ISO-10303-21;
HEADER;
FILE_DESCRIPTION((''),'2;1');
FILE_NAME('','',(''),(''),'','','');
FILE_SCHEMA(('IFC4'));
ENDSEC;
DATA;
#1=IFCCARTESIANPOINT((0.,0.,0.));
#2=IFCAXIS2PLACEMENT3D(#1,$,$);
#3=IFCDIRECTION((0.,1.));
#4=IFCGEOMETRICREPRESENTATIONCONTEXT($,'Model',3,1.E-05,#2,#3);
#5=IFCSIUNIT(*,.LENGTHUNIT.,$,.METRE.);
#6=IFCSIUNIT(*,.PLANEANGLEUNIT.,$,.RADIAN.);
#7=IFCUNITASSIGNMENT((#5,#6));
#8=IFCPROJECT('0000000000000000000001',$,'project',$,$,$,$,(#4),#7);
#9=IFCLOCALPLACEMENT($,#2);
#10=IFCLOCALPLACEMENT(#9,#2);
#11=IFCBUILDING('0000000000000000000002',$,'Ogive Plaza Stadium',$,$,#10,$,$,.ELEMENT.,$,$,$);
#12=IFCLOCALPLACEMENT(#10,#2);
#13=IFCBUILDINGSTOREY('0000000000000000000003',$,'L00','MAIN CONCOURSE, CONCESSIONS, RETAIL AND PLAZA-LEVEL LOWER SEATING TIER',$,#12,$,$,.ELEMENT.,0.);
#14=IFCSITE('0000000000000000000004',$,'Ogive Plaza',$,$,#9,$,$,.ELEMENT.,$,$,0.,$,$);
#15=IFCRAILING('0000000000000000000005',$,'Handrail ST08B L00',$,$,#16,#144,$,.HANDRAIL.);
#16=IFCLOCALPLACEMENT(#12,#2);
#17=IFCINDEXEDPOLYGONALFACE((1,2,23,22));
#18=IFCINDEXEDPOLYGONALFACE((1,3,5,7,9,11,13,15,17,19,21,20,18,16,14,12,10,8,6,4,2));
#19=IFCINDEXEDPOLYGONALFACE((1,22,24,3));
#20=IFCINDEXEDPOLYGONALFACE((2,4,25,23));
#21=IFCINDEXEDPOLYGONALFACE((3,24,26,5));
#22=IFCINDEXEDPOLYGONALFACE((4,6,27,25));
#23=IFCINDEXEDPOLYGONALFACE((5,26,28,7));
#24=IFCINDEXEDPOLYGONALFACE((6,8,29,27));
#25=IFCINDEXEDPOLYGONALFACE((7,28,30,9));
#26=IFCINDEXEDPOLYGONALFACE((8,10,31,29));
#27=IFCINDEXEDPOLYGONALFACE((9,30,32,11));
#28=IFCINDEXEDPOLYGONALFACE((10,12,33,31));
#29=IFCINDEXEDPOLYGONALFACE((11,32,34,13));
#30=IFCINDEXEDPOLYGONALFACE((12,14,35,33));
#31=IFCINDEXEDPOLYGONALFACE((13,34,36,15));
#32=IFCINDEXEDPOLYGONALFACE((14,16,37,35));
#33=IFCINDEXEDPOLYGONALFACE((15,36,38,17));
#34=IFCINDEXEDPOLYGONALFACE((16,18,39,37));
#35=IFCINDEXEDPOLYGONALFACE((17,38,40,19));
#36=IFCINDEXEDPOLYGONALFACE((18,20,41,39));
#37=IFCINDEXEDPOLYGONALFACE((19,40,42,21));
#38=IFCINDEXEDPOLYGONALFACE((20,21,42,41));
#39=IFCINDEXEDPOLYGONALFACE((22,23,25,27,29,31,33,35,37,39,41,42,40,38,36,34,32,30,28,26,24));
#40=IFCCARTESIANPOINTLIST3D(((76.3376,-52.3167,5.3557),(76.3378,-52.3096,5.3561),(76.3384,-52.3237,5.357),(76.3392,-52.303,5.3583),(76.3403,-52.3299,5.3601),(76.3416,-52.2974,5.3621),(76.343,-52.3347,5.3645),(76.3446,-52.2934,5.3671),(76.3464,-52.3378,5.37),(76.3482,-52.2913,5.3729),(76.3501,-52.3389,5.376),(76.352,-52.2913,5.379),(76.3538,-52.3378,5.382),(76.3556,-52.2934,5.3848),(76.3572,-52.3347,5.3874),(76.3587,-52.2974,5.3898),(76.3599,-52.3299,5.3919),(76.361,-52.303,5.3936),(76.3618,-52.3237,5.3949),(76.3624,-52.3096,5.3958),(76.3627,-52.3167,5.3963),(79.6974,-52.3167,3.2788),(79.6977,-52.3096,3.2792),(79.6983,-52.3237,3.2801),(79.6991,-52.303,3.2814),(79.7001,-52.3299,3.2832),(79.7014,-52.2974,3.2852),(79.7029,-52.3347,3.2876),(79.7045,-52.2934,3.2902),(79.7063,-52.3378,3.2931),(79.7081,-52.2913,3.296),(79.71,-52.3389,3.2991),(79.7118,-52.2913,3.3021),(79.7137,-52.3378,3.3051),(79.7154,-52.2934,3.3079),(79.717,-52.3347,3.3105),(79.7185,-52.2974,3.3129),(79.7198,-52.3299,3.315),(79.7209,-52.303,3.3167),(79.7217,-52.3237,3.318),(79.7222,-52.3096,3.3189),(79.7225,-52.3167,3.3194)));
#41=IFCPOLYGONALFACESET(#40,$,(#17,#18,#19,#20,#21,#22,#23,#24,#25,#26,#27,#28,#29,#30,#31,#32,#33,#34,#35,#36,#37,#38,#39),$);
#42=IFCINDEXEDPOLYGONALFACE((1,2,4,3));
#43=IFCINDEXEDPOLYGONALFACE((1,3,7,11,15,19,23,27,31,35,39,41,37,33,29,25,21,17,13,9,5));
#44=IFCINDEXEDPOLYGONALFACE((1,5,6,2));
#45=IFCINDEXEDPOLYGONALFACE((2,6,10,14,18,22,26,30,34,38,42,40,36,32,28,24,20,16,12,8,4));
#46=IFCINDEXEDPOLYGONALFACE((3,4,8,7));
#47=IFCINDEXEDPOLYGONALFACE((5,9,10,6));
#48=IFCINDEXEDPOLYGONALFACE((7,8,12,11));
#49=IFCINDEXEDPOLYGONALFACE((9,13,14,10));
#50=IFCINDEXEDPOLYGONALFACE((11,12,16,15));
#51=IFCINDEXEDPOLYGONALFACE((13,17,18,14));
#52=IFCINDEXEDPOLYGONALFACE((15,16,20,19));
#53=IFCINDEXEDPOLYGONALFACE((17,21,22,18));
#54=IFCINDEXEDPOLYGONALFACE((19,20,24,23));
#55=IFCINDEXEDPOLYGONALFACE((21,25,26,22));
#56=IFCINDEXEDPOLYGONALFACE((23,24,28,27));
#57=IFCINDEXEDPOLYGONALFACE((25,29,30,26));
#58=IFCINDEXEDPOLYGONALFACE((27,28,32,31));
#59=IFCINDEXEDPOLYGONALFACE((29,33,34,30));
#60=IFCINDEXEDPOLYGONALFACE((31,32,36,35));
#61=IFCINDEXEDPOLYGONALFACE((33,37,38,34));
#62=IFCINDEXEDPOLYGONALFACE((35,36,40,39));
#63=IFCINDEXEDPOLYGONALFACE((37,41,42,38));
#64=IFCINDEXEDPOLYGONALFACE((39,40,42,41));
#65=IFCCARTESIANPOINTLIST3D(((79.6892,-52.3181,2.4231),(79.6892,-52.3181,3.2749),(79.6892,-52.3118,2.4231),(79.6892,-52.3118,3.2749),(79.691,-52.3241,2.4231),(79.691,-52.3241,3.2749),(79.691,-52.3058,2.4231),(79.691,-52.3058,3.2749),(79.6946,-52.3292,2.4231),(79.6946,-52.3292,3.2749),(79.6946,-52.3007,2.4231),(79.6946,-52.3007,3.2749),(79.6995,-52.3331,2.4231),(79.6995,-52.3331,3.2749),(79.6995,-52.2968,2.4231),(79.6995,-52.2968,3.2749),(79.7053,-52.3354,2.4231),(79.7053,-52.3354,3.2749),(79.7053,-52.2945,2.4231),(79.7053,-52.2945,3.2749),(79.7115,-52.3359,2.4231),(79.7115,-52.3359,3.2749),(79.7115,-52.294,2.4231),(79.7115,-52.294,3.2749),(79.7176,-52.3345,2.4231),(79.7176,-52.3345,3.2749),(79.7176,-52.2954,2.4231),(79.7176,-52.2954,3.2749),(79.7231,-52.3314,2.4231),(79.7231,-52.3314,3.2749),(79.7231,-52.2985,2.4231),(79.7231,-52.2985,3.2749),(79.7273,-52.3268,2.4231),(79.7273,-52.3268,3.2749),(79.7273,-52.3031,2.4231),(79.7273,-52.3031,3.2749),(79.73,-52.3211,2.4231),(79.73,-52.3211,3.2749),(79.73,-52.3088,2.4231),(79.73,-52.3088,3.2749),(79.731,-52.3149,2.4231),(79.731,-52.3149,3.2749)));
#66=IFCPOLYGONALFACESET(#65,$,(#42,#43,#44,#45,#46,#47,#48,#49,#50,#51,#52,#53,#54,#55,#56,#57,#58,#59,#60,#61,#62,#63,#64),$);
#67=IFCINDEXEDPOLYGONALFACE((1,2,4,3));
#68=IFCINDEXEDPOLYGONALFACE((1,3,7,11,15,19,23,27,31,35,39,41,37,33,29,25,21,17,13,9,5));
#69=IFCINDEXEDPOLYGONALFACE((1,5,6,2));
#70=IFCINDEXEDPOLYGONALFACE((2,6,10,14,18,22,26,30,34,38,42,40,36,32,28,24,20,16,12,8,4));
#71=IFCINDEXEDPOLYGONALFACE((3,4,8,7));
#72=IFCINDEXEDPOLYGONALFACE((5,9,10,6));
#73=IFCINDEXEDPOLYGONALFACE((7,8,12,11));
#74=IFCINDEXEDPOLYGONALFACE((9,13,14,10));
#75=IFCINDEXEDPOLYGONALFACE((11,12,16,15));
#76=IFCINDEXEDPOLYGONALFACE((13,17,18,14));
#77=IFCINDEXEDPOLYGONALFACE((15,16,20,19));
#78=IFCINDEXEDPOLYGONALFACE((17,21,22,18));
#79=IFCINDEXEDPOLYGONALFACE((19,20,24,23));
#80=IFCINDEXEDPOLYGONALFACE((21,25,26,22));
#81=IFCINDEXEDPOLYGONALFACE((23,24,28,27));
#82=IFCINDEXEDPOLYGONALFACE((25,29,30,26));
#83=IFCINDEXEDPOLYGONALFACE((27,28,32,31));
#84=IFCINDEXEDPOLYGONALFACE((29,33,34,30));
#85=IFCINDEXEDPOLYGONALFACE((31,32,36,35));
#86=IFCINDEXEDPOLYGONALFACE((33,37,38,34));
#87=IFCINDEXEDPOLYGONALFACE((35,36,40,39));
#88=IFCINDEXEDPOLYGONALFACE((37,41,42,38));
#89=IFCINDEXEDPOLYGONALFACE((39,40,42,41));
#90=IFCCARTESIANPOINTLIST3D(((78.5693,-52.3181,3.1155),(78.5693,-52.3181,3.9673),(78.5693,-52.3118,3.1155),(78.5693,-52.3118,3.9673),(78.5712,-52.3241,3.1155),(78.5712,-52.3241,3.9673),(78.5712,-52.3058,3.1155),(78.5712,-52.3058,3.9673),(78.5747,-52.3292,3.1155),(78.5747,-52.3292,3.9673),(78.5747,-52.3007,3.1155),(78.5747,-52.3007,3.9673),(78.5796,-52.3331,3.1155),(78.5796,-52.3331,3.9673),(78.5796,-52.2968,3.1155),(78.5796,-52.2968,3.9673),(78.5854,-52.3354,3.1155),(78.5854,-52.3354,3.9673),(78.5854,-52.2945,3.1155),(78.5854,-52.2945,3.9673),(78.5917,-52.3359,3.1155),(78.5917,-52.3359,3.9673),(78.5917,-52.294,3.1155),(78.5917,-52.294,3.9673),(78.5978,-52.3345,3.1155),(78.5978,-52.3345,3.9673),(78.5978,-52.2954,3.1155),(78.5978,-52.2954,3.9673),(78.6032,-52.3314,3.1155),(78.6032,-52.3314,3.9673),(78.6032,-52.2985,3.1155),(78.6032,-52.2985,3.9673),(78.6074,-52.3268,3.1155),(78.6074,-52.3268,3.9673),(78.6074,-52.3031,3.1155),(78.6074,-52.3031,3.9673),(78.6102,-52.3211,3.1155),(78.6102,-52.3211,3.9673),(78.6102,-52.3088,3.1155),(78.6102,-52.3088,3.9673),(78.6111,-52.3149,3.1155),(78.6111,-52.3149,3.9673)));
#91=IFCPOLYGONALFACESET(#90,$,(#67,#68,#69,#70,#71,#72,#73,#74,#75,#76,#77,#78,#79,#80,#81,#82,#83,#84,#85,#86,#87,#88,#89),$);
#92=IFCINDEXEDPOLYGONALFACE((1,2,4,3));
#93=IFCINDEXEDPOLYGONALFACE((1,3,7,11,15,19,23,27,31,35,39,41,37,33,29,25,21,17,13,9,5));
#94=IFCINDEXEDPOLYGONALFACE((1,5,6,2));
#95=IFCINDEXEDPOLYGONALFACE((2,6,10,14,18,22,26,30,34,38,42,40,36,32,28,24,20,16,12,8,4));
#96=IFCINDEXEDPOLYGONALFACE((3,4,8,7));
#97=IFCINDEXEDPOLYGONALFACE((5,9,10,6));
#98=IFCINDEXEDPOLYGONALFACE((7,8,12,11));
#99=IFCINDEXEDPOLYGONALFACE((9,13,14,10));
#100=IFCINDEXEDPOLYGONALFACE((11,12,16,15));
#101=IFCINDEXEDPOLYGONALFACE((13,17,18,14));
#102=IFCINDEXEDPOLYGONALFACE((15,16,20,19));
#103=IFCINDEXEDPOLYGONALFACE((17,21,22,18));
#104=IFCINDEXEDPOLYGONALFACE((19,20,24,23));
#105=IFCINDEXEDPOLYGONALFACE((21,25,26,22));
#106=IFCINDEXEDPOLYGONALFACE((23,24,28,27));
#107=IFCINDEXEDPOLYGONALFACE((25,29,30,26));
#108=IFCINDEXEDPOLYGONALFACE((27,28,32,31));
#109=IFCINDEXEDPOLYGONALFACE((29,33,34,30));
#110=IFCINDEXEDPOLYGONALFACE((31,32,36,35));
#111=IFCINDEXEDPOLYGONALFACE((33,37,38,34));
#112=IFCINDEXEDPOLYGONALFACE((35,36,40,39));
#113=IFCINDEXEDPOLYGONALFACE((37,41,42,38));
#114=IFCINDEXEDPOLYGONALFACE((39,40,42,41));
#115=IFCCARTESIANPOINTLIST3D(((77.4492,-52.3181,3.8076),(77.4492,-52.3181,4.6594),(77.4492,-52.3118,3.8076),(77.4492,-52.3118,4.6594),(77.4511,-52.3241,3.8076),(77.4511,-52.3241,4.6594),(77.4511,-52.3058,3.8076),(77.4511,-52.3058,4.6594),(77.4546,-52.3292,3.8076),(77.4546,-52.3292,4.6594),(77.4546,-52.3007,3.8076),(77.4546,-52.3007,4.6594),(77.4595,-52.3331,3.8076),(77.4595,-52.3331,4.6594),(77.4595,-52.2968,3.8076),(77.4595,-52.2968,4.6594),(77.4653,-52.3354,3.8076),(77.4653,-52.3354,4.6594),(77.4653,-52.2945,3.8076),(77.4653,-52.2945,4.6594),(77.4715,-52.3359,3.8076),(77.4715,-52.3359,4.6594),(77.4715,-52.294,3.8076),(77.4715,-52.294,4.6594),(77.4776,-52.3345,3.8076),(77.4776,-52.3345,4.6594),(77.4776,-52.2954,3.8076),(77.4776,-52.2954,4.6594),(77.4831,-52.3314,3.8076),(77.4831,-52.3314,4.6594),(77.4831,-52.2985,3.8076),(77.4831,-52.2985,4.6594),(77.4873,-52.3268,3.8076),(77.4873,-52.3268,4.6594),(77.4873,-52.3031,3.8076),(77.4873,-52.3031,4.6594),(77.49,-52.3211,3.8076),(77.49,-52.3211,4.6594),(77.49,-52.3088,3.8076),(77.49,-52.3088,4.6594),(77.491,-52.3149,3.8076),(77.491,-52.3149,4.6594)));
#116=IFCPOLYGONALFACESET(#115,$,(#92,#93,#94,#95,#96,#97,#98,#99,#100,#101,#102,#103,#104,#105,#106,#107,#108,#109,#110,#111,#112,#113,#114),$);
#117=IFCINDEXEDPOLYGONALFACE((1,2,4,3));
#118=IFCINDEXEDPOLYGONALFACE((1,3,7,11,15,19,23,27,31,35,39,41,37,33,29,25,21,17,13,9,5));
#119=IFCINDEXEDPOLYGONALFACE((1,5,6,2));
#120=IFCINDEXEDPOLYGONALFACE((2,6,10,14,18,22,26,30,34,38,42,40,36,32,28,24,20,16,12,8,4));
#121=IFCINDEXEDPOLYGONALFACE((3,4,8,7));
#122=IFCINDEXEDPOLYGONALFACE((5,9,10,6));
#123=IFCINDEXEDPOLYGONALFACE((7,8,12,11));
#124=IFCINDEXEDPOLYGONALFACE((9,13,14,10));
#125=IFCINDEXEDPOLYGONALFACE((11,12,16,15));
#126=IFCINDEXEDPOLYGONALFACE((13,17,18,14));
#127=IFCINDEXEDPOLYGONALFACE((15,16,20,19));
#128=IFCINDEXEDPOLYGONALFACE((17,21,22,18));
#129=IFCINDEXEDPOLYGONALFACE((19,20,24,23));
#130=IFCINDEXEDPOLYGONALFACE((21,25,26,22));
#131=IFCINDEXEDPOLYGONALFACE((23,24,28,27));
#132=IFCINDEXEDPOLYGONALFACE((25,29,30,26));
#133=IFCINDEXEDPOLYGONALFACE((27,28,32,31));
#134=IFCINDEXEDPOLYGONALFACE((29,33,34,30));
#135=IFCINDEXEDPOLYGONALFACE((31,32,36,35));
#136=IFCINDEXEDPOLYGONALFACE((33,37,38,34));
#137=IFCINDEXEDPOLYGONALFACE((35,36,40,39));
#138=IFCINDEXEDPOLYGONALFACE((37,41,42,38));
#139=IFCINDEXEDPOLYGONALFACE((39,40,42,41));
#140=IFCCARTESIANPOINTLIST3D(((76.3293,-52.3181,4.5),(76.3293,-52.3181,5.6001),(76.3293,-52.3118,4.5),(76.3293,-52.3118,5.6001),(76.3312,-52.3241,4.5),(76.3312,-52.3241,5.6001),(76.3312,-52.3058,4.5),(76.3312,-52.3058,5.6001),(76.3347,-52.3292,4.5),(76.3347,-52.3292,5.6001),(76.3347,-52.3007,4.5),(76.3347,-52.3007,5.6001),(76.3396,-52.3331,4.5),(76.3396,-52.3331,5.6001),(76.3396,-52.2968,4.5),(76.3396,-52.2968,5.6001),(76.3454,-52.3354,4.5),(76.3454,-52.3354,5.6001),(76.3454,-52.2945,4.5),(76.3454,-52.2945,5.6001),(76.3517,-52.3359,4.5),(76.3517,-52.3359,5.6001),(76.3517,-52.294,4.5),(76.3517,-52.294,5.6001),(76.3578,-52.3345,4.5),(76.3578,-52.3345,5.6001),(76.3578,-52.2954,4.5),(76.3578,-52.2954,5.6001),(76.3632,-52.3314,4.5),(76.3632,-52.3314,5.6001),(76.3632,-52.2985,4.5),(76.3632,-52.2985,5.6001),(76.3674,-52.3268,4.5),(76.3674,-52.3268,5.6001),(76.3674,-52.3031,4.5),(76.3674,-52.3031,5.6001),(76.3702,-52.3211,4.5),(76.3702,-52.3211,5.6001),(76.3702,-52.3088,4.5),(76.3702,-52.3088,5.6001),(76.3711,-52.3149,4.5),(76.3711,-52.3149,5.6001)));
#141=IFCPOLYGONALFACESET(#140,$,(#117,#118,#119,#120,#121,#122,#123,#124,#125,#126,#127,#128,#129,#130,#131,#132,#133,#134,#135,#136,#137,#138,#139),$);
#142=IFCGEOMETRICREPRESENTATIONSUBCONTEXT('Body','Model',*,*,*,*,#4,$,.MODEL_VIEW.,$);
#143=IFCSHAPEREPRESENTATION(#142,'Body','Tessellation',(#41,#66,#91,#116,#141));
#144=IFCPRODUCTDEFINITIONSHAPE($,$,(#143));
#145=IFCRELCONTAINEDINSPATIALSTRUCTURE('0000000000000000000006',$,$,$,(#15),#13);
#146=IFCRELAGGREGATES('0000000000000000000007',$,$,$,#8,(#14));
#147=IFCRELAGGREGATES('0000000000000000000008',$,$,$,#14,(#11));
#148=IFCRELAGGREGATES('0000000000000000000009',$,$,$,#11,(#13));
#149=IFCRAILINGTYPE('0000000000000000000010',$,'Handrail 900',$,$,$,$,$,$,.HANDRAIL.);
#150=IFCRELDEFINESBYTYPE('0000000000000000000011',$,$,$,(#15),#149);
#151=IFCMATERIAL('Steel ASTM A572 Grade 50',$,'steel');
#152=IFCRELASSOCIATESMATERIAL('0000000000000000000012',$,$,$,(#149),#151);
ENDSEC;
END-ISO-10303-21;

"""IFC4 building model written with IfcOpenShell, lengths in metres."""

from ifc_helpers import new_model, si_unit, direction, frame, origin, origin_2d, place, context, subcontext, project, spatial, circle, extrude, material, type_object, element, save


model = new_model("IFC4")

# Units and contexts
model_context = context("Model", 3, precision=1e-05, world=origin(), true_north=direction((0.0, 1.0)))
body_context = subcontext(model_context, "Body", "Model", "MODEL_VIEW")
ifc_project = project(units=[si_unit("LENGTHUNIT", "METRE"), si_unit("PLANEANGLEUNIT", "RADIAN")], contexts=[model_context])

# Site, building, storey
site_placement = place(None, origin())
site = spatial("IfcSite", under=ifc_project, at=site_placement, Name="Ogive Plaza", CompositionType="ELEMENT", RefElevation=0.0)
building_placement = place(site_placement, origin())
building = spatial("IfcBuilding", under=site, at=building_placement, Name="Ogive Plaza Stadium", CompositionType="ELEMENT")
storey_placement = place(building_placement, origin())
storey = spatial("IfcBuildingStorey", under=building, at=storey_placement, Name="L00", Description="MAIN CONCOURSE, CONCESSIONS, RETAIL AND PLAZA-LEVEL LOWER SEATING TIER", CompositionType="ELEMENT", Elevation=0.0)

# Railing
ifc_material_1 = material(Name="Steel ASTM A572 Grade 50", Category="steel")
railing_type_1 = type_object("IfcRailingType", Name="Handrail 900", PredefinedType="HANDRAIL", material=ifc_material_1)
for number, where, name in (
    (1, (79.71, -52.3149, 2.4231), "Handrail ST08B L00"),
):
    element("IfcRailing", number, at=place(storey_placement, frame(where)), inside=storey, type_object=railing_type_1, Name=name, PredefinedType="HANDRAIL", context=body_context, shape_type="SweptSolid", body=[
        extrude(circle(Radius=0.0239, at=origin_2d()), frame((0.0, 0.0, 0.876), z_axis=(-0.850606, 0.0, 0.525803), x_axis=(0.0, -1.0, 0.0)), (0.0, 0.0, 1.0), 3.95),
        extrude(circle(Radius=0.021, at=origin_2d()), origin(), (0.0, 0.0, 1.0), 0.8518),
        extrude(circle(Radius=0.021, at=origin_2d()), frame((-1.1199, 0.0, 0.6924)), (0.0, 0.0, 1.0), 0.8518),
        extrude(circle(Radius=0.021, at=origin_2d()), frame((-2.24, 0.0, 1.3845)), (0.0, 0.0, 1.0), 0.8518),
        extrude(circle(Radius=0.021, at=origin_2d()), frame((-3.3599, 0.0, 2.0769)), (0.0, 0.0, 1.0), 1.1001),
    ])

save(model, "model.ifc")
